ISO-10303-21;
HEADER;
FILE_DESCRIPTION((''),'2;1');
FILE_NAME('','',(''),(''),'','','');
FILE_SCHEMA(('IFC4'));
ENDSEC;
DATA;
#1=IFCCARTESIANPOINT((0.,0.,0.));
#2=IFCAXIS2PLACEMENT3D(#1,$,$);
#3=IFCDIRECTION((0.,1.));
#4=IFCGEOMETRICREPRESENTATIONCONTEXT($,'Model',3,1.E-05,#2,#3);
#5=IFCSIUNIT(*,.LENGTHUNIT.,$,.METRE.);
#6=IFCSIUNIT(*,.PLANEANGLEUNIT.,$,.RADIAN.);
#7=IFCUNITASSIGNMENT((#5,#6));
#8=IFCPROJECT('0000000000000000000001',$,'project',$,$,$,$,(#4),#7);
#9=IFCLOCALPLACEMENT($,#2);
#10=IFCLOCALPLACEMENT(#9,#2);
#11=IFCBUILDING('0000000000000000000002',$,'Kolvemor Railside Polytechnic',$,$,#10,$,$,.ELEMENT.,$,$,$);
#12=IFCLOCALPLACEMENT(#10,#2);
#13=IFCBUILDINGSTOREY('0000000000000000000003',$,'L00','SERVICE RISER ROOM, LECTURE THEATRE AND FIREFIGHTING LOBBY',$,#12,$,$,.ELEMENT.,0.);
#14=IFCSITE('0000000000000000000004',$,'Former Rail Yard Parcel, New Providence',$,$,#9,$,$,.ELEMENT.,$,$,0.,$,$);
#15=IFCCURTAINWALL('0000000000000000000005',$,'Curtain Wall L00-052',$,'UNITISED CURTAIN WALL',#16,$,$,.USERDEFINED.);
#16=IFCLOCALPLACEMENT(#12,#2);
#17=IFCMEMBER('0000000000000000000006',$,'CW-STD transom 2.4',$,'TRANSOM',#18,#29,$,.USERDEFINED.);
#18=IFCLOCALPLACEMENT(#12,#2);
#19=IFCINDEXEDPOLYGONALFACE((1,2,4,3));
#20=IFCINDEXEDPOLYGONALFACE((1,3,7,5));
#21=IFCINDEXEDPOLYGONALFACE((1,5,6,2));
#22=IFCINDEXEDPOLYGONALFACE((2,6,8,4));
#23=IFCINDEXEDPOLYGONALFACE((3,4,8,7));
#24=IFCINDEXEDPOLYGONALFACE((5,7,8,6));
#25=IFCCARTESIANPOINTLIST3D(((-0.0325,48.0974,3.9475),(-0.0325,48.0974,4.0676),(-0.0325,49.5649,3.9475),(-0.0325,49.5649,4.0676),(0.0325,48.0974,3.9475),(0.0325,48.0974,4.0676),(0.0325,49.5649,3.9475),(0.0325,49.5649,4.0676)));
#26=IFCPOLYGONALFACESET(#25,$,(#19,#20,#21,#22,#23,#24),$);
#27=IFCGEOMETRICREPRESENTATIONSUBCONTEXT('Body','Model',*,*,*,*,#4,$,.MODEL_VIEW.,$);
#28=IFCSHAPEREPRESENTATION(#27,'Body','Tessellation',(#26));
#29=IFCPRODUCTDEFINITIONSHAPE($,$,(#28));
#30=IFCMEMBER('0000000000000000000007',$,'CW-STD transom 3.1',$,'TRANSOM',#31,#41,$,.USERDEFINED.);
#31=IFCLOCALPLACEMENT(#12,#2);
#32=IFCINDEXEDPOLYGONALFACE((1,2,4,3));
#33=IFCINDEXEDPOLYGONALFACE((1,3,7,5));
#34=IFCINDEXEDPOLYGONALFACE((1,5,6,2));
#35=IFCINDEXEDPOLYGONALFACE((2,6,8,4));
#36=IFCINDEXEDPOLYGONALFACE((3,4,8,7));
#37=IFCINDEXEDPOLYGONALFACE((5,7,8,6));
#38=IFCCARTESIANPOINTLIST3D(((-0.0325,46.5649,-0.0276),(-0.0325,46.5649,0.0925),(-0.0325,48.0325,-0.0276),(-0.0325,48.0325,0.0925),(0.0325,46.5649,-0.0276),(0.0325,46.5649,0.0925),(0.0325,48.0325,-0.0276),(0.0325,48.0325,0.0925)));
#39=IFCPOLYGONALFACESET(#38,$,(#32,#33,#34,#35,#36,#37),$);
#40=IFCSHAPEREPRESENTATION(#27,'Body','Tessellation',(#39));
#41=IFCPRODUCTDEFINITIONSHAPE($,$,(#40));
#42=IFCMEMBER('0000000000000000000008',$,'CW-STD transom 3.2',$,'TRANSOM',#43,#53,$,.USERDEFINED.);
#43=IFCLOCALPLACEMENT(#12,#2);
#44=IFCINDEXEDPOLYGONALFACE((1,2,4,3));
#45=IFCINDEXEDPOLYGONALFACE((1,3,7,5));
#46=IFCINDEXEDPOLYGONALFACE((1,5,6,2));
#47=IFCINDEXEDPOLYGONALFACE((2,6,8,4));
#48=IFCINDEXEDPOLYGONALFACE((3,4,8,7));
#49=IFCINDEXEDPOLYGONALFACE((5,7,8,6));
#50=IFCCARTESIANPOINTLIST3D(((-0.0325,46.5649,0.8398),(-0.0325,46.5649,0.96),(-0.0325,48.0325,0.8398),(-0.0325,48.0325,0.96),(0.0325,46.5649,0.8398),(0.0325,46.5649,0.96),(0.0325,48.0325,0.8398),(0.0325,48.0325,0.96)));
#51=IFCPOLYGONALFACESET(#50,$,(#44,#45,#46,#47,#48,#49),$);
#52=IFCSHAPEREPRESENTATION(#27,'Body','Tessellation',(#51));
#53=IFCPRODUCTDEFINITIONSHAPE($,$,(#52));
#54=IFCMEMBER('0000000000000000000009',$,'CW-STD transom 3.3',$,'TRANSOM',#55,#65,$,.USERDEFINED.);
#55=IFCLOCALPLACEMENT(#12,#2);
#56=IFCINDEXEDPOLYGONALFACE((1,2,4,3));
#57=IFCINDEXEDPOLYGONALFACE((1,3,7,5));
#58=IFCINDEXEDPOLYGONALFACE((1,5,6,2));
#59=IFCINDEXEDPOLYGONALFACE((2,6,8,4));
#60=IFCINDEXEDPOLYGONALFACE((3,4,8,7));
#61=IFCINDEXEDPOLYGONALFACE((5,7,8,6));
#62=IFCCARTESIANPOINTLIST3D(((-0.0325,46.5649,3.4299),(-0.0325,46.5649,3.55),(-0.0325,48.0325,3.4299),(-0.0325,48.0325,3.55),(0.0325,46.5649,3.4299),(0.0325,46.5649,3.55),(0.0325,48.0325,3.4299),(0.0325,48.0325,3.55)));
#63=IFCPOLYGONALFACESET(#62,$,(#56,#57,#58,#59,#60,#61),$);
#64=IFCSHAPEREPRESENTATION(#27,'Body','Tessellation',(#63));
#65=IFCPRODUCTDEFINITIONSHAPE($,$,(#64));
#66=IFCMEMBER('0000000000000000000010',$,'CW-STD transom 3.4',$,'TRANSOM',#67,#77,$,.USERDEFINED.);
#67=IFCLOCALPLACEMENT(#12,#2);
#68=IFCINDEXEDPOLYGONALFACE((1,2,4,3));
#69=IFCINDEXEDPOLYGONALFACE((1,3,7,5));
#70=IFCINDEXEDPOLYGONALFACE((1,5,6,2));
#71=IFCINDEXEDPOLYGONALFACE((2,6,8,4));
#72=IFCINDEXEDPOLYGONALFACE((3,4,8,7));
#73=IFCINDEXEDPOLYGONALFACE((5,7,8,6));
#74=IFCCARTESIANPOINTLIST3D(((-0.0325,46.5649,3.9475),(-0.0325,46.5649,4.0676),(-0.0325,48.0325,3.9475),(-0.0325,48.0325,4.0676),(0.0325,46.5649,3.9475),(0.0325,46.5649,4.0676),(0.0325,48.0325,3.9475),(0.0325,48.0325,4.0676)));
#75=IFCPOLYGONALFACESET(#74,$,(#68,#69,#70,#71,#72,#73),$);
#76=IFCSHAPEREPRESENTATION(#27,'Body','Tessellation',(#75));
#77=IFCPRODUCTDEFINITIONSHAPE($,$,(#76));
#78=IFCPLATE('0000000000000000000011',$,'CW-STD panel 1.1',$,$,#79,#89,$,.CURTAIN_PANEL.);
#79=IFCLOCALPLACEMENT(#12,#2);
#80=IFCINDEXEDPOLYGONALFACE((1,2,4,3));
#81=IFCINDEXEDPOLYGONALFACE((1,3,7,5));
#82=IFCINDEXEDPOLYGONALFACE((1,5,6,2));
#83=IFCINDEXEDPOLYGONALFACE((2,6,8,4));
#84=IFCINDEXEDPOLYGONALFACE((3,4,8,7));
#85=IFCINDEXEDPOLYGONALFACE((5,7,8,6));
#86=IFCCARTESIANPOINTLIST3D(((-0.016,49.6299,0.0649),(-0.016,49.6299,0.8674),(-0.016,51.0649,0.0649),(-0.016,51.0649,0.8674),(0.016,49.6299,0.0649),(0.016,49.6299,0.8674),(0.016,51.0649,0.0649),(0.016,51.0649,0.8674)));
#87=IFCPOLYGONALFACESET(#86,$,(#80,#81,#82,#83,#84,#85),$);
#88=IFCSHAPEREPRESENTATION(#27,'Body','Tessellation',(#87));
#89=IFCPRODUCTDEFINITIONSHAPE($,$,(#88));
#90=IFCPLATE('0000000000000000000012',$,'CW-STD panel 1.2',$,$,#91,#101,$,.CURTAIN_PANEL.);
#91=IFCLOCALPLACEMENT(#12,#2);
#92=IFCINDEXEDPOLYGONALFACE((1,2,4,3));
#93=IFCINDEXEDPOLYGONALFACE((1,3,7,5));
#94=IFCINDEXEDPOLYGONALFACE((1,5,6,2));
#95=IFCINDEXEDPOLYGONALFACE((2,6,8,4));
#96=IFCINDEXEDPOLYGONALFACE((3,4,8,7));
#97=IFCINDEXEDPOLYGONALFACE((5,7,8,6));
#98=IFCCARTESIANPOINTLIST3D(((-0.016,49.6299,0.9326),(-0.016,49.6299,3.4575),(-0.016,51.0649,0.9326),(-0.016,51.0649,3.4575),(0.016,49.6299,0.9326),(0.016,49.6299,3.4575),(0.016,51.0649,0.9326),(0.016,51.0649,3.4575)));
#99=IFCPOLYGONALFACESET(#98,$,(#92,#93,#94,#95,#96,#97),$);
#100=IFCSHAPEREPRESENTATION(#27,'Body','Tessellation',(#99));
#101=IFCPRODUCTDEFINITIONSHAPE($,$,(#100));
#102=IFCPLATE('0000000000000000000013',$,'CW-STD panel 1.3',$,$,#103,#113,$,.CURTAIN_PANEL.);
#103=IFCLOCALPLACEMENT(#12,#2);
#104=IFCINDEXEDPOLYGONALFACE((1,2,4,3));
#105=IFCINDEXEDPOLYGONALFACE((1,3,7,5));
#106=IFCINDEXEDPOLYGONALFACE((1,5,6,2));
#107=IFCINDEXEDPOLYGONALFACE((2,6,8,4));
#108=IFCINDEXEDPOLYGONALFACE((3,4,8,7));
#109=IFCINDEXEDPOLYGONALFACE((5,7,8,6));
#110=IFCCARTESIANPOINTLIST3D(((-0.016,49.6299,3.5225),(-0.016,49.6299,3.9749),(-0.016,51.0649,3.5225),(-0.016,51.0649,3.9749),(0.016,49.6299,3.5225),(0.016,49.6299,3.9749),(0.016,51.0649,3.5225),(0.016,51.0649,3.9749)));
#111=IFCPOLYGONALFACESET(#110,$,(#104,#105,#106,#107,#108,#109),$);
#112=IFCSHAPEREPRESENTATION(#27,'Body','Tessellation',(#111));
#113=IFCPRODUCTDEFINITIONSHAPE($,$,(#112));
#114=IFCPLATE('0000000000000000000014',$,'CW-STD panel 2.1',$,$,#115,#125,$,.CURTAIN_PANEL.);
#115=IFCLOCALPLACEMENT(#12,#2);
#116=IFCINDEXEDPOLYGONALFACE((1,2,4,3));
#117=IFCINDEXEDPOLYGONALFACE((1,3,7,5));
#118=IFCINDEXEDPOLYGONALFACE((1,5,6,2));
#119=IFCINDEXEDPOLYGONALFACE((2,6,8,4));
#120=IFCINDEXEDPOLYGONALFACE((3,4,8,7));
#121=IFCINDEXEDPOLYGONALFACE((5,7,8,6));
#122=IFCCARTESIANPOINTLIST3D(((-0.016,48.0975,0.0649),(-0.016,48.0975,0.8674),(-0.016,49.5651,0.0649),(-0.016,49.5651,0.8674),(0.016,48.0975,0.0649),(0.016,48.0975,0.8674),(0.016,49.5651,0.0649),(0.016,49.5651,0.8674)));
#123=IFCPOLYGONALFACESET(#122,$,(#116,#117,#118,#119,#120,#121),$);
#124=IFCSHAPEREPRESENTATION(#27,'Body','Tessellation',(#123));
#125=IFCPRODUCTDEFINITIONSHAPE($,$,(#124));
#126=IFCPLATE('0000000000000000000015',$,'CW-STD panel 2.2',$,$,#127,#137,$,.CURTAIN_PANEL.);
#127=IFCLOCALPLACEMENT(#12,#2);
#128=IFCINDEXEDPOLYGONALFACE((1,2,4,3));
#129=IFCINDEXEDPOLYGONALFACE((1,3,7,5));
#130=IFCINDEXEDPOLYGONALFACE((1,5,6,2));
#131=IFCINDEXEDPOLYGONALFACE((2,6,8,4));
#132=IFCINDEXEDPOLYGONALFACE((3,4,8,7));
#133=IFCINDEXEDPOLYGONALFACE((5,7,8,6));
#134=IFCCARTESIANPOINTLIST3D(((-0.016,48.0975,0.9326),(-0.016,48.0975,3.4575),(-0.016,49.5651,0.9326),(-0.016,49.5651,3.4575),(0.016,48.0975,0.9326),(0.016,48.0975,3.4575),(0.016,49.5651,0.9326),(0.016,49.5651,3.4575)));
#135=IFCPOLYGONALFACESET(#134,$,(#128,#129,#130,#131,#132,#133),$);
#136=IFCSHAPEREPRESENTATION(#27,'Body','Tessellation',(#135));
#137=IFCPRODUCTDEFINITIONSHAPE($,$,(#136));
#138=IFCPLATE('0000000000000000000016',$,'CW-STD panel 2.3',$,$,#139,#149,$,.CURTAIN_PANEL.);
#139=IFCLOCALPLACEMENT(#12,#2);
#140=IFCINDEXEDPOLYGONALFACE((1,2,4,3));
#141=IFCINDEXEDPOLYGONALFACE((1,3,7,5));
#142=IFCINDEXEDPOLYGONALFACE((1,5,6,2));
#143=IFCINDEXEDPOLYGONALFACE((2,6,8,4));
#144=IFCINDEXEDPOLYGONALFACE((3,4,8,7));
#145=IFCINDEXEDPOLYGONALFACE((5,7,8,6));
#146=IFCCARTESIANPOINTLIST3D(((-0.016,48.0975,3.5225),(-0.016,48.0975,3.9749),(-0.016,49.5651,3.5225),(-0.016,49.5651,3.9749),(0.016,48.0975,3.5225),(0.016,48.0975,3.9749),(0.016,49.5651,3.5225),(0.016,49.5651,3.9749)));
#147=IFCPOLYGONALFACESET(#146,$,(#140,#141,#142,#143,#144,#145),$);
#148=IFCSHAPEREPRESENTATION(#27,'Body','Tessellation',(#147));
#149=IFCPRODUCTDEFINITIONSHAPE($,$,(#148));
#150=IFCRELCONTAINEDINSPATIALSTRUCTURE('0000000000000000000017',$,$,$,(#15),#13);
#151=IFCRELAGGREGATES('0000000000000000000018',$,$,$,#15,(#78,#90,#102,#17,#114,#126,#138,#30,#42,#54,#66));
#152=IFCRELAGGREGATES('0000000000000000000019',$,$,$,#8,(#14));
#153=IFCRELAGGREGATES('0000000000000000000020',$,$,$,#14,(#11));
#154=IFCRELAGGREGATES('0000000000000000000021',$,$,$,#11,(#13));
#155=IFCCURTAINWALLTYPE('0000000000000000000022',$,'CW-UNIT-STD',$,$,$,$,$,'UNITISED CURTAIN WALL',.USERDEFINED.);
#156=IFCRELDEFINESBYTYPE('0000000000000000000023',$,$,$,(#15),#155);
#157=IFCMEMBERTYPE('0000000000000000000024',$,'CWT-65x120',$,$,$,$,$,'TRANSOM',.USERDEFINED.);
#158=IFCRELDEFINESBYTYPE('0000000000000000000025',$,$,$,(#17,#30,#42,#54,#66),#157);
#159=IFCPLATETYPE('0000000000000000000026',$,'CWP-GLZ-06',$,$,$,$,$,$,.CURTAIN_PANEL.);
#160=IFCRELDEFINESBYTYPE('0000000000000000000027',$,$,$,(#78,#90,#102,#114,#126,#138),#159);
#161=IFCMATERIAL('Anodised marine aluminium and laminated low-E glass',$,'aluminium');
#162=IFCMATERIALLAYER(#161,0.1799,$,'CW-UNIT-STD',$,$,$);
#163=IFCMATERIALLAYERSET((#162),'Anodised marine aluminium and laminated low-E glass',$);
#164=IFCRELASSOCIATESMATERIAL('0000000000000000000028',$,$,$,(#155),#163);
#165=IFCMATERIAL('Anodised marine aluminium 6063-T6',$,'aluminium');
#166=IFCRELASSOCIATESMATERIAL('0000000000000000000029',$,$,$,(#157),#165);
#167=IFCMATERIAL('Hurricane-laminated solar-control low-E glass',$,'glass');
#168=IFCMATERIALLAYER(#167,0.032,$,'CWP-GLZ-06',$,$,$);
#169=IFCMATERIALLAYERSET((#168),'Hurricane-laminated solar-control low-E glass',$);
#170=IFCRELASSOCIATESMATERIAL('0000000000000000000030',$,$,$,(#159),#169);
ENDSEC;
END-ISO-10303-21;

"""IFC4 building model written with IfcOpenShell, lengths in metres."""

from ifc_helpers import new_model, si_unit, direction, frame, origin, origin_2d, place, context, subcontext, project, spatial, rectangle, extrude, material, layer, layer_set, material_profile, profile_set, type_object, element, aggregate, save


model = new_model("IFC4")

# Units and contexts
model_context = context("Model", 3, precision=1e-05, world=origin(), true_north=direction((0.0, 1.0)))
body_context = subcontext(model_context, "Body", "Model", "MODEL_VIEW")
ifc_project = project(units=[si_unit("LENGTHUNIT", "METRE"), si_unit("PLANEANGLEUNIT", "RADIAN")], contexts=[model_context])

# Site, building, storey
site_placement = place(None, origin())
site = spatial("IfcSite", under=ifc_project, at=site_placement, Name="Former Rail Yard Parcel, New Providence", CompositionType="ELEMENT", RefElevation=0.0)
building_placement = place(site_placement, origin())
building = spatial("IfcBuilding", under=site, at=building_placement, Name="Kolvemor Railside Polytechnic", CompositionType="ELEMENT")
storey_placement = place(building_placement, origin())
storey = spatial("IfcBuildingStorey", under=building, at=storey_placement, Name="L00", Description="SERVICE RISER ROOM, LECTURE THEATRE AND FIREFIGHTING LOBBY", CompositionType="ELEMENT", Elevation=0.0)

# Curtain wall, members, plates
ifc_material_1 = material(Name="Anodised marine aluminium and laminated low-E glass", Category="aluminium")
ifc_layer_1 = layer(ifc_material_1, 0.1799, Name="CW-UNIT-STD")
ifc_layer_set_1 = layer_set([ifc_layer_1], Name="Anodised marine aluminium and laminated low-E glass")
curtain_wall_type = type_object("IfcCurtainWallType", Name="CW-UNIT-STD", ElementType="UNITISED CURTAIN WALL", PredefinedType="USERDEFINED", material=ifc_layer_set_1)
curtain_wall_placement = place(storey_placement, origin())
curtain_wall = element("IfcCurtainWall", 1, at=curtain_wall_placement, inside=storey, type_object=curtain_wall_type, Name="Curtain Wall L00-052", ObjectType="UNITISED CURTAIN WALL", PredefinedType="USERDEFINED")
ifc_material_2 = material(Name="Anodised marine aluminium 6063-T6", Category="aluminium")
ifc_material_profile_1 = material_profile(ifc_material_2, rectangle(XDim=0.0649, YDim=0.1201, at=origin_2d()), Name="CW-TRN-65x120")
ifc_profile_set_1 = profile_set([ifc_material_profile_1], Name="Anodised marine aluminium 6063-T6")
member_type_1 = type_object("IfcMemberType", Name="CWT-65x120", ElementType="TRANSOM", PredefinedType="USERDEFINED", material=ifc_profile_set_1)
member_1_placement = place(storey_placement, frame((0.0, 49.5649, 4.0076), z_axis=(0.0, -1.0, 0.0), x_axis=(1.0, 0.0, 0.0)))
member_1 = element("IfcMember", 2, at=member_1_placement, type_object=member_type_1, Name="CW-STD transom 2.4", ObjectType="TRANSOM", PredefinedType="USERDEFINED", context=body_context, shape_type="SweptSolid", body=[
    extrude(rectangle(XDim=0.0649, YDim=0.1201, at=origin_2d()), origin(), (0.0, 0.0, 1.0), 1.4675),
])
member_2_placement = place(storey_placement, frame((0.0, 48.0325, 0.0325), z_axis=(0.0, -1.0, 0.0), x_axis=(1.0, 0.0, 0.0)))
member_2 = element("IfcMember", 3, at=member_2_placement, type_object=member_type_1, Name="CW-STD transom 3.1", ObjectType="TRANSOM", PredefinedType="USERDEFINED", context=body_context, shape_type="SweptSolid", body=[
    extrude(rectangle(XDim=0.0649, YDim=0.1201, at=origin_2d()), origin(), (0.0, 0.0, 1.0), 1.4675),
])
member_3_placement = place(storey_placement, frame((0.0, 48.0325, 0.8999), z_axis=(0.0, -1.0, 0.0), x_axis=(1.0, 0.0, 0.0)))
member_3 = element("IfcMember", 4, at=member_3_placement, type_object=member_type_1, Name="CW-STD transom 3.2", ObjectType="TRANSOM", PredefinedType="USERDEFINED", context=body_context, shape_type="SweptSolid", body=[
    extrude(rectangle(XDim=0.0649, YDim=0.1201, at=origin_2d()), origin(), (0.0, 0.0, 1.0), 1.4675),
])
member_4_placement = place(storey_placement, frame((0.0, 48.0325, 3.49), z_axis=(0.0, -1.0, 0.0), x_axis=(1.0, 0.0, 0.0)))
member_4 = element("IfcMember", 5, at=member_4_placement, type_object=member_type_1, Name="CW-STD transom 3.3", ObjectType="TRANSOM", PredefinedType="USERDEFINED", context=body_context, shape_type="SweptSolid", body=[
    extrude(rectangle(XDim=0.0649, YDim=0.1201, at=origin_2d()), origin(), (0.0, 0.0, 1.0), 1.4675),
])
member_5_placement = place(storey_placement, frame((0.0, 48.0325, 4.0076), z_axis=(0.0, -1.0, 0.0), x_axis=(1.0, 0.0, 0.0)))
member_5 = element("IfcMember", 6, at=member_5_placement, type_object=member_type_1, Name="CW-STD transom 3.4", ObjectType="TRANSOM", PredefinedType="USERDEFINED", context=body_context, shape_type="SweptSolid", body=[
    extrude(rectangle(XDim=0.0649, YDim=0.1201, at=origin_2d()), origin(), (0.0, 0.0, 1.0), 1.4675),
])
ifc_material_3 = material(Name="Hurricane-laminated solar-control low-E glass", Category="glass")
ifc_layer_2 = layer(ifc_material_3, 0.032, Name="CWP-GLZ-06")
ifc_layer_set_2 = layer_set([ifc_layer_2], Name="Hurricane-laminated solar-control low-E glass")
plate_type = type_object("IfcPlateType", Name="CWP-GLZ-06", PredefinedType="CURTAIN_PANEL", material=ifc_layer_set_2)
plate_1_placement = place(storey_placement, frame((0.0, 50.3474, 0.0649), z_axis=(0.0, 0.0, 1.0), x_axis=(0.0, -1.0, 0.0)))
plate_1 = element("IfcPlate", 7, at=plate_1_placement, type_object=plate_type, Name="CW-STD panel 1.1", PredefinedType="CURTAIN_PANEL", context=body_context, shape_type="SweptSolid", body=[
    extrude(rectangle(XDim=1.4351, YDim=0.032, at=origin_2d()), origin(), (0.0, 0.0, 1.0), 0.8025),
])
plate_2_placement = place(storey_placement, frame((0.0, 50.3474, 0.9326), z_axis=(0.0, 0.0, 1.0), x_axis=(0.0, -1.0, 0.0)))
plate_2 = element("IfcPlate", 8, at=plate_2_placement, type_object=plate_type, Name="CW-STD panel 1.2", PredefinedType="CURTAIN_PANEL", context=body_context, shape_type="SweptSolid", body=[
    extrude(rectangle(XDim=1.4351, YDim=0.032, at=origin_2d()), origin(), (0.0, 0.0, 1.0), 2.5249),
])
plate_3_placement = place(storey_placement, frame((0.0, 50.3474, 3.5225), z_axis=(0.0, 0.0, 1.0), x_axis=(0.0, -1.0, 0.0)))
plate_3 = element("IfcPlate", 9, at=plate_3_placement, type_object=plate_type, Name="CW-STD panel 1.3", PredefinedType="CURTAIN_PANEL", context=body_context, shape_type="SweptSolid", body=[
    extrude(rectangle(XDim=1.4351, YDim=0.032, at=origin_2d()), origin(), (0.0, 0.0, 1.0), 0.4524),
])
plate_4_placement = place(storey_placement, frame((0.0, 48.8313, 0.0649), z_axis=(0.0, 0.0, 1.0), x_axis=(0.0, -1.0, 0.0)))
plate_4 = element("IfcPlate", 10, at=plate_4_placement, type_object=plate_type, Name="CW-STD panel 2.1", PredefinedType="CURTAIN_PANEL", context=body_context, shape_type="SweptSolid", body=[
    extrude(rectangle(XDim=1.4675, YDim=0.032, at=origin_2d()), origin(), (0.0, 0.0, 1.0), 0.8025),
])
plate_5_placement = place(storey_placement, frame((0.0, 48.8313, 0.9326), z_axis=(0.0, 0.0, 1.0), x_axis=(0.0, -1.0, 0.0)))
plate_5 = element("IfcPlate", 11, at=plate_5_placement, type_object=plate_type, Name="CW-STD panel 2.2", PredefinedType="CURTAIN_PANEL", context=body_context, shape_type="SweptSolid", body=[
    extrude(rectangle(XDim=1.4675, YDim=0.032, at=origin_2d()), origin(), (0.0, 0.0, 1.0), 2.5249),
])
plate_6_placement = place(storey_placement, frame((0.0, 48.8313, 3.5225), z_axis=(0.0, 0.0, 1.0), x_axis=(0.0, -1.0, 0.0)))
plate_6 = element("IfcPlate", 12, at=plate_6_placement, type_object=plate_type, Name="CW-STD panel 2.3", PredefinedType="CURTAIN_PANEL", context=body_context, shape_type="SweptSolid", body=[
    extrude(rectangle(XDim=1.4675, YDim=0.032, at=origin_2d()), origin(), (0.0, 0.0, 1.0), 0.4524),
])
aggregate(curtain_wall, [plate_1, plate_2, plate_3, member_1, plate_4, plate_5, plate_6, member_2, member_3, member_4, member_5])

save(model, "model.ifc")
